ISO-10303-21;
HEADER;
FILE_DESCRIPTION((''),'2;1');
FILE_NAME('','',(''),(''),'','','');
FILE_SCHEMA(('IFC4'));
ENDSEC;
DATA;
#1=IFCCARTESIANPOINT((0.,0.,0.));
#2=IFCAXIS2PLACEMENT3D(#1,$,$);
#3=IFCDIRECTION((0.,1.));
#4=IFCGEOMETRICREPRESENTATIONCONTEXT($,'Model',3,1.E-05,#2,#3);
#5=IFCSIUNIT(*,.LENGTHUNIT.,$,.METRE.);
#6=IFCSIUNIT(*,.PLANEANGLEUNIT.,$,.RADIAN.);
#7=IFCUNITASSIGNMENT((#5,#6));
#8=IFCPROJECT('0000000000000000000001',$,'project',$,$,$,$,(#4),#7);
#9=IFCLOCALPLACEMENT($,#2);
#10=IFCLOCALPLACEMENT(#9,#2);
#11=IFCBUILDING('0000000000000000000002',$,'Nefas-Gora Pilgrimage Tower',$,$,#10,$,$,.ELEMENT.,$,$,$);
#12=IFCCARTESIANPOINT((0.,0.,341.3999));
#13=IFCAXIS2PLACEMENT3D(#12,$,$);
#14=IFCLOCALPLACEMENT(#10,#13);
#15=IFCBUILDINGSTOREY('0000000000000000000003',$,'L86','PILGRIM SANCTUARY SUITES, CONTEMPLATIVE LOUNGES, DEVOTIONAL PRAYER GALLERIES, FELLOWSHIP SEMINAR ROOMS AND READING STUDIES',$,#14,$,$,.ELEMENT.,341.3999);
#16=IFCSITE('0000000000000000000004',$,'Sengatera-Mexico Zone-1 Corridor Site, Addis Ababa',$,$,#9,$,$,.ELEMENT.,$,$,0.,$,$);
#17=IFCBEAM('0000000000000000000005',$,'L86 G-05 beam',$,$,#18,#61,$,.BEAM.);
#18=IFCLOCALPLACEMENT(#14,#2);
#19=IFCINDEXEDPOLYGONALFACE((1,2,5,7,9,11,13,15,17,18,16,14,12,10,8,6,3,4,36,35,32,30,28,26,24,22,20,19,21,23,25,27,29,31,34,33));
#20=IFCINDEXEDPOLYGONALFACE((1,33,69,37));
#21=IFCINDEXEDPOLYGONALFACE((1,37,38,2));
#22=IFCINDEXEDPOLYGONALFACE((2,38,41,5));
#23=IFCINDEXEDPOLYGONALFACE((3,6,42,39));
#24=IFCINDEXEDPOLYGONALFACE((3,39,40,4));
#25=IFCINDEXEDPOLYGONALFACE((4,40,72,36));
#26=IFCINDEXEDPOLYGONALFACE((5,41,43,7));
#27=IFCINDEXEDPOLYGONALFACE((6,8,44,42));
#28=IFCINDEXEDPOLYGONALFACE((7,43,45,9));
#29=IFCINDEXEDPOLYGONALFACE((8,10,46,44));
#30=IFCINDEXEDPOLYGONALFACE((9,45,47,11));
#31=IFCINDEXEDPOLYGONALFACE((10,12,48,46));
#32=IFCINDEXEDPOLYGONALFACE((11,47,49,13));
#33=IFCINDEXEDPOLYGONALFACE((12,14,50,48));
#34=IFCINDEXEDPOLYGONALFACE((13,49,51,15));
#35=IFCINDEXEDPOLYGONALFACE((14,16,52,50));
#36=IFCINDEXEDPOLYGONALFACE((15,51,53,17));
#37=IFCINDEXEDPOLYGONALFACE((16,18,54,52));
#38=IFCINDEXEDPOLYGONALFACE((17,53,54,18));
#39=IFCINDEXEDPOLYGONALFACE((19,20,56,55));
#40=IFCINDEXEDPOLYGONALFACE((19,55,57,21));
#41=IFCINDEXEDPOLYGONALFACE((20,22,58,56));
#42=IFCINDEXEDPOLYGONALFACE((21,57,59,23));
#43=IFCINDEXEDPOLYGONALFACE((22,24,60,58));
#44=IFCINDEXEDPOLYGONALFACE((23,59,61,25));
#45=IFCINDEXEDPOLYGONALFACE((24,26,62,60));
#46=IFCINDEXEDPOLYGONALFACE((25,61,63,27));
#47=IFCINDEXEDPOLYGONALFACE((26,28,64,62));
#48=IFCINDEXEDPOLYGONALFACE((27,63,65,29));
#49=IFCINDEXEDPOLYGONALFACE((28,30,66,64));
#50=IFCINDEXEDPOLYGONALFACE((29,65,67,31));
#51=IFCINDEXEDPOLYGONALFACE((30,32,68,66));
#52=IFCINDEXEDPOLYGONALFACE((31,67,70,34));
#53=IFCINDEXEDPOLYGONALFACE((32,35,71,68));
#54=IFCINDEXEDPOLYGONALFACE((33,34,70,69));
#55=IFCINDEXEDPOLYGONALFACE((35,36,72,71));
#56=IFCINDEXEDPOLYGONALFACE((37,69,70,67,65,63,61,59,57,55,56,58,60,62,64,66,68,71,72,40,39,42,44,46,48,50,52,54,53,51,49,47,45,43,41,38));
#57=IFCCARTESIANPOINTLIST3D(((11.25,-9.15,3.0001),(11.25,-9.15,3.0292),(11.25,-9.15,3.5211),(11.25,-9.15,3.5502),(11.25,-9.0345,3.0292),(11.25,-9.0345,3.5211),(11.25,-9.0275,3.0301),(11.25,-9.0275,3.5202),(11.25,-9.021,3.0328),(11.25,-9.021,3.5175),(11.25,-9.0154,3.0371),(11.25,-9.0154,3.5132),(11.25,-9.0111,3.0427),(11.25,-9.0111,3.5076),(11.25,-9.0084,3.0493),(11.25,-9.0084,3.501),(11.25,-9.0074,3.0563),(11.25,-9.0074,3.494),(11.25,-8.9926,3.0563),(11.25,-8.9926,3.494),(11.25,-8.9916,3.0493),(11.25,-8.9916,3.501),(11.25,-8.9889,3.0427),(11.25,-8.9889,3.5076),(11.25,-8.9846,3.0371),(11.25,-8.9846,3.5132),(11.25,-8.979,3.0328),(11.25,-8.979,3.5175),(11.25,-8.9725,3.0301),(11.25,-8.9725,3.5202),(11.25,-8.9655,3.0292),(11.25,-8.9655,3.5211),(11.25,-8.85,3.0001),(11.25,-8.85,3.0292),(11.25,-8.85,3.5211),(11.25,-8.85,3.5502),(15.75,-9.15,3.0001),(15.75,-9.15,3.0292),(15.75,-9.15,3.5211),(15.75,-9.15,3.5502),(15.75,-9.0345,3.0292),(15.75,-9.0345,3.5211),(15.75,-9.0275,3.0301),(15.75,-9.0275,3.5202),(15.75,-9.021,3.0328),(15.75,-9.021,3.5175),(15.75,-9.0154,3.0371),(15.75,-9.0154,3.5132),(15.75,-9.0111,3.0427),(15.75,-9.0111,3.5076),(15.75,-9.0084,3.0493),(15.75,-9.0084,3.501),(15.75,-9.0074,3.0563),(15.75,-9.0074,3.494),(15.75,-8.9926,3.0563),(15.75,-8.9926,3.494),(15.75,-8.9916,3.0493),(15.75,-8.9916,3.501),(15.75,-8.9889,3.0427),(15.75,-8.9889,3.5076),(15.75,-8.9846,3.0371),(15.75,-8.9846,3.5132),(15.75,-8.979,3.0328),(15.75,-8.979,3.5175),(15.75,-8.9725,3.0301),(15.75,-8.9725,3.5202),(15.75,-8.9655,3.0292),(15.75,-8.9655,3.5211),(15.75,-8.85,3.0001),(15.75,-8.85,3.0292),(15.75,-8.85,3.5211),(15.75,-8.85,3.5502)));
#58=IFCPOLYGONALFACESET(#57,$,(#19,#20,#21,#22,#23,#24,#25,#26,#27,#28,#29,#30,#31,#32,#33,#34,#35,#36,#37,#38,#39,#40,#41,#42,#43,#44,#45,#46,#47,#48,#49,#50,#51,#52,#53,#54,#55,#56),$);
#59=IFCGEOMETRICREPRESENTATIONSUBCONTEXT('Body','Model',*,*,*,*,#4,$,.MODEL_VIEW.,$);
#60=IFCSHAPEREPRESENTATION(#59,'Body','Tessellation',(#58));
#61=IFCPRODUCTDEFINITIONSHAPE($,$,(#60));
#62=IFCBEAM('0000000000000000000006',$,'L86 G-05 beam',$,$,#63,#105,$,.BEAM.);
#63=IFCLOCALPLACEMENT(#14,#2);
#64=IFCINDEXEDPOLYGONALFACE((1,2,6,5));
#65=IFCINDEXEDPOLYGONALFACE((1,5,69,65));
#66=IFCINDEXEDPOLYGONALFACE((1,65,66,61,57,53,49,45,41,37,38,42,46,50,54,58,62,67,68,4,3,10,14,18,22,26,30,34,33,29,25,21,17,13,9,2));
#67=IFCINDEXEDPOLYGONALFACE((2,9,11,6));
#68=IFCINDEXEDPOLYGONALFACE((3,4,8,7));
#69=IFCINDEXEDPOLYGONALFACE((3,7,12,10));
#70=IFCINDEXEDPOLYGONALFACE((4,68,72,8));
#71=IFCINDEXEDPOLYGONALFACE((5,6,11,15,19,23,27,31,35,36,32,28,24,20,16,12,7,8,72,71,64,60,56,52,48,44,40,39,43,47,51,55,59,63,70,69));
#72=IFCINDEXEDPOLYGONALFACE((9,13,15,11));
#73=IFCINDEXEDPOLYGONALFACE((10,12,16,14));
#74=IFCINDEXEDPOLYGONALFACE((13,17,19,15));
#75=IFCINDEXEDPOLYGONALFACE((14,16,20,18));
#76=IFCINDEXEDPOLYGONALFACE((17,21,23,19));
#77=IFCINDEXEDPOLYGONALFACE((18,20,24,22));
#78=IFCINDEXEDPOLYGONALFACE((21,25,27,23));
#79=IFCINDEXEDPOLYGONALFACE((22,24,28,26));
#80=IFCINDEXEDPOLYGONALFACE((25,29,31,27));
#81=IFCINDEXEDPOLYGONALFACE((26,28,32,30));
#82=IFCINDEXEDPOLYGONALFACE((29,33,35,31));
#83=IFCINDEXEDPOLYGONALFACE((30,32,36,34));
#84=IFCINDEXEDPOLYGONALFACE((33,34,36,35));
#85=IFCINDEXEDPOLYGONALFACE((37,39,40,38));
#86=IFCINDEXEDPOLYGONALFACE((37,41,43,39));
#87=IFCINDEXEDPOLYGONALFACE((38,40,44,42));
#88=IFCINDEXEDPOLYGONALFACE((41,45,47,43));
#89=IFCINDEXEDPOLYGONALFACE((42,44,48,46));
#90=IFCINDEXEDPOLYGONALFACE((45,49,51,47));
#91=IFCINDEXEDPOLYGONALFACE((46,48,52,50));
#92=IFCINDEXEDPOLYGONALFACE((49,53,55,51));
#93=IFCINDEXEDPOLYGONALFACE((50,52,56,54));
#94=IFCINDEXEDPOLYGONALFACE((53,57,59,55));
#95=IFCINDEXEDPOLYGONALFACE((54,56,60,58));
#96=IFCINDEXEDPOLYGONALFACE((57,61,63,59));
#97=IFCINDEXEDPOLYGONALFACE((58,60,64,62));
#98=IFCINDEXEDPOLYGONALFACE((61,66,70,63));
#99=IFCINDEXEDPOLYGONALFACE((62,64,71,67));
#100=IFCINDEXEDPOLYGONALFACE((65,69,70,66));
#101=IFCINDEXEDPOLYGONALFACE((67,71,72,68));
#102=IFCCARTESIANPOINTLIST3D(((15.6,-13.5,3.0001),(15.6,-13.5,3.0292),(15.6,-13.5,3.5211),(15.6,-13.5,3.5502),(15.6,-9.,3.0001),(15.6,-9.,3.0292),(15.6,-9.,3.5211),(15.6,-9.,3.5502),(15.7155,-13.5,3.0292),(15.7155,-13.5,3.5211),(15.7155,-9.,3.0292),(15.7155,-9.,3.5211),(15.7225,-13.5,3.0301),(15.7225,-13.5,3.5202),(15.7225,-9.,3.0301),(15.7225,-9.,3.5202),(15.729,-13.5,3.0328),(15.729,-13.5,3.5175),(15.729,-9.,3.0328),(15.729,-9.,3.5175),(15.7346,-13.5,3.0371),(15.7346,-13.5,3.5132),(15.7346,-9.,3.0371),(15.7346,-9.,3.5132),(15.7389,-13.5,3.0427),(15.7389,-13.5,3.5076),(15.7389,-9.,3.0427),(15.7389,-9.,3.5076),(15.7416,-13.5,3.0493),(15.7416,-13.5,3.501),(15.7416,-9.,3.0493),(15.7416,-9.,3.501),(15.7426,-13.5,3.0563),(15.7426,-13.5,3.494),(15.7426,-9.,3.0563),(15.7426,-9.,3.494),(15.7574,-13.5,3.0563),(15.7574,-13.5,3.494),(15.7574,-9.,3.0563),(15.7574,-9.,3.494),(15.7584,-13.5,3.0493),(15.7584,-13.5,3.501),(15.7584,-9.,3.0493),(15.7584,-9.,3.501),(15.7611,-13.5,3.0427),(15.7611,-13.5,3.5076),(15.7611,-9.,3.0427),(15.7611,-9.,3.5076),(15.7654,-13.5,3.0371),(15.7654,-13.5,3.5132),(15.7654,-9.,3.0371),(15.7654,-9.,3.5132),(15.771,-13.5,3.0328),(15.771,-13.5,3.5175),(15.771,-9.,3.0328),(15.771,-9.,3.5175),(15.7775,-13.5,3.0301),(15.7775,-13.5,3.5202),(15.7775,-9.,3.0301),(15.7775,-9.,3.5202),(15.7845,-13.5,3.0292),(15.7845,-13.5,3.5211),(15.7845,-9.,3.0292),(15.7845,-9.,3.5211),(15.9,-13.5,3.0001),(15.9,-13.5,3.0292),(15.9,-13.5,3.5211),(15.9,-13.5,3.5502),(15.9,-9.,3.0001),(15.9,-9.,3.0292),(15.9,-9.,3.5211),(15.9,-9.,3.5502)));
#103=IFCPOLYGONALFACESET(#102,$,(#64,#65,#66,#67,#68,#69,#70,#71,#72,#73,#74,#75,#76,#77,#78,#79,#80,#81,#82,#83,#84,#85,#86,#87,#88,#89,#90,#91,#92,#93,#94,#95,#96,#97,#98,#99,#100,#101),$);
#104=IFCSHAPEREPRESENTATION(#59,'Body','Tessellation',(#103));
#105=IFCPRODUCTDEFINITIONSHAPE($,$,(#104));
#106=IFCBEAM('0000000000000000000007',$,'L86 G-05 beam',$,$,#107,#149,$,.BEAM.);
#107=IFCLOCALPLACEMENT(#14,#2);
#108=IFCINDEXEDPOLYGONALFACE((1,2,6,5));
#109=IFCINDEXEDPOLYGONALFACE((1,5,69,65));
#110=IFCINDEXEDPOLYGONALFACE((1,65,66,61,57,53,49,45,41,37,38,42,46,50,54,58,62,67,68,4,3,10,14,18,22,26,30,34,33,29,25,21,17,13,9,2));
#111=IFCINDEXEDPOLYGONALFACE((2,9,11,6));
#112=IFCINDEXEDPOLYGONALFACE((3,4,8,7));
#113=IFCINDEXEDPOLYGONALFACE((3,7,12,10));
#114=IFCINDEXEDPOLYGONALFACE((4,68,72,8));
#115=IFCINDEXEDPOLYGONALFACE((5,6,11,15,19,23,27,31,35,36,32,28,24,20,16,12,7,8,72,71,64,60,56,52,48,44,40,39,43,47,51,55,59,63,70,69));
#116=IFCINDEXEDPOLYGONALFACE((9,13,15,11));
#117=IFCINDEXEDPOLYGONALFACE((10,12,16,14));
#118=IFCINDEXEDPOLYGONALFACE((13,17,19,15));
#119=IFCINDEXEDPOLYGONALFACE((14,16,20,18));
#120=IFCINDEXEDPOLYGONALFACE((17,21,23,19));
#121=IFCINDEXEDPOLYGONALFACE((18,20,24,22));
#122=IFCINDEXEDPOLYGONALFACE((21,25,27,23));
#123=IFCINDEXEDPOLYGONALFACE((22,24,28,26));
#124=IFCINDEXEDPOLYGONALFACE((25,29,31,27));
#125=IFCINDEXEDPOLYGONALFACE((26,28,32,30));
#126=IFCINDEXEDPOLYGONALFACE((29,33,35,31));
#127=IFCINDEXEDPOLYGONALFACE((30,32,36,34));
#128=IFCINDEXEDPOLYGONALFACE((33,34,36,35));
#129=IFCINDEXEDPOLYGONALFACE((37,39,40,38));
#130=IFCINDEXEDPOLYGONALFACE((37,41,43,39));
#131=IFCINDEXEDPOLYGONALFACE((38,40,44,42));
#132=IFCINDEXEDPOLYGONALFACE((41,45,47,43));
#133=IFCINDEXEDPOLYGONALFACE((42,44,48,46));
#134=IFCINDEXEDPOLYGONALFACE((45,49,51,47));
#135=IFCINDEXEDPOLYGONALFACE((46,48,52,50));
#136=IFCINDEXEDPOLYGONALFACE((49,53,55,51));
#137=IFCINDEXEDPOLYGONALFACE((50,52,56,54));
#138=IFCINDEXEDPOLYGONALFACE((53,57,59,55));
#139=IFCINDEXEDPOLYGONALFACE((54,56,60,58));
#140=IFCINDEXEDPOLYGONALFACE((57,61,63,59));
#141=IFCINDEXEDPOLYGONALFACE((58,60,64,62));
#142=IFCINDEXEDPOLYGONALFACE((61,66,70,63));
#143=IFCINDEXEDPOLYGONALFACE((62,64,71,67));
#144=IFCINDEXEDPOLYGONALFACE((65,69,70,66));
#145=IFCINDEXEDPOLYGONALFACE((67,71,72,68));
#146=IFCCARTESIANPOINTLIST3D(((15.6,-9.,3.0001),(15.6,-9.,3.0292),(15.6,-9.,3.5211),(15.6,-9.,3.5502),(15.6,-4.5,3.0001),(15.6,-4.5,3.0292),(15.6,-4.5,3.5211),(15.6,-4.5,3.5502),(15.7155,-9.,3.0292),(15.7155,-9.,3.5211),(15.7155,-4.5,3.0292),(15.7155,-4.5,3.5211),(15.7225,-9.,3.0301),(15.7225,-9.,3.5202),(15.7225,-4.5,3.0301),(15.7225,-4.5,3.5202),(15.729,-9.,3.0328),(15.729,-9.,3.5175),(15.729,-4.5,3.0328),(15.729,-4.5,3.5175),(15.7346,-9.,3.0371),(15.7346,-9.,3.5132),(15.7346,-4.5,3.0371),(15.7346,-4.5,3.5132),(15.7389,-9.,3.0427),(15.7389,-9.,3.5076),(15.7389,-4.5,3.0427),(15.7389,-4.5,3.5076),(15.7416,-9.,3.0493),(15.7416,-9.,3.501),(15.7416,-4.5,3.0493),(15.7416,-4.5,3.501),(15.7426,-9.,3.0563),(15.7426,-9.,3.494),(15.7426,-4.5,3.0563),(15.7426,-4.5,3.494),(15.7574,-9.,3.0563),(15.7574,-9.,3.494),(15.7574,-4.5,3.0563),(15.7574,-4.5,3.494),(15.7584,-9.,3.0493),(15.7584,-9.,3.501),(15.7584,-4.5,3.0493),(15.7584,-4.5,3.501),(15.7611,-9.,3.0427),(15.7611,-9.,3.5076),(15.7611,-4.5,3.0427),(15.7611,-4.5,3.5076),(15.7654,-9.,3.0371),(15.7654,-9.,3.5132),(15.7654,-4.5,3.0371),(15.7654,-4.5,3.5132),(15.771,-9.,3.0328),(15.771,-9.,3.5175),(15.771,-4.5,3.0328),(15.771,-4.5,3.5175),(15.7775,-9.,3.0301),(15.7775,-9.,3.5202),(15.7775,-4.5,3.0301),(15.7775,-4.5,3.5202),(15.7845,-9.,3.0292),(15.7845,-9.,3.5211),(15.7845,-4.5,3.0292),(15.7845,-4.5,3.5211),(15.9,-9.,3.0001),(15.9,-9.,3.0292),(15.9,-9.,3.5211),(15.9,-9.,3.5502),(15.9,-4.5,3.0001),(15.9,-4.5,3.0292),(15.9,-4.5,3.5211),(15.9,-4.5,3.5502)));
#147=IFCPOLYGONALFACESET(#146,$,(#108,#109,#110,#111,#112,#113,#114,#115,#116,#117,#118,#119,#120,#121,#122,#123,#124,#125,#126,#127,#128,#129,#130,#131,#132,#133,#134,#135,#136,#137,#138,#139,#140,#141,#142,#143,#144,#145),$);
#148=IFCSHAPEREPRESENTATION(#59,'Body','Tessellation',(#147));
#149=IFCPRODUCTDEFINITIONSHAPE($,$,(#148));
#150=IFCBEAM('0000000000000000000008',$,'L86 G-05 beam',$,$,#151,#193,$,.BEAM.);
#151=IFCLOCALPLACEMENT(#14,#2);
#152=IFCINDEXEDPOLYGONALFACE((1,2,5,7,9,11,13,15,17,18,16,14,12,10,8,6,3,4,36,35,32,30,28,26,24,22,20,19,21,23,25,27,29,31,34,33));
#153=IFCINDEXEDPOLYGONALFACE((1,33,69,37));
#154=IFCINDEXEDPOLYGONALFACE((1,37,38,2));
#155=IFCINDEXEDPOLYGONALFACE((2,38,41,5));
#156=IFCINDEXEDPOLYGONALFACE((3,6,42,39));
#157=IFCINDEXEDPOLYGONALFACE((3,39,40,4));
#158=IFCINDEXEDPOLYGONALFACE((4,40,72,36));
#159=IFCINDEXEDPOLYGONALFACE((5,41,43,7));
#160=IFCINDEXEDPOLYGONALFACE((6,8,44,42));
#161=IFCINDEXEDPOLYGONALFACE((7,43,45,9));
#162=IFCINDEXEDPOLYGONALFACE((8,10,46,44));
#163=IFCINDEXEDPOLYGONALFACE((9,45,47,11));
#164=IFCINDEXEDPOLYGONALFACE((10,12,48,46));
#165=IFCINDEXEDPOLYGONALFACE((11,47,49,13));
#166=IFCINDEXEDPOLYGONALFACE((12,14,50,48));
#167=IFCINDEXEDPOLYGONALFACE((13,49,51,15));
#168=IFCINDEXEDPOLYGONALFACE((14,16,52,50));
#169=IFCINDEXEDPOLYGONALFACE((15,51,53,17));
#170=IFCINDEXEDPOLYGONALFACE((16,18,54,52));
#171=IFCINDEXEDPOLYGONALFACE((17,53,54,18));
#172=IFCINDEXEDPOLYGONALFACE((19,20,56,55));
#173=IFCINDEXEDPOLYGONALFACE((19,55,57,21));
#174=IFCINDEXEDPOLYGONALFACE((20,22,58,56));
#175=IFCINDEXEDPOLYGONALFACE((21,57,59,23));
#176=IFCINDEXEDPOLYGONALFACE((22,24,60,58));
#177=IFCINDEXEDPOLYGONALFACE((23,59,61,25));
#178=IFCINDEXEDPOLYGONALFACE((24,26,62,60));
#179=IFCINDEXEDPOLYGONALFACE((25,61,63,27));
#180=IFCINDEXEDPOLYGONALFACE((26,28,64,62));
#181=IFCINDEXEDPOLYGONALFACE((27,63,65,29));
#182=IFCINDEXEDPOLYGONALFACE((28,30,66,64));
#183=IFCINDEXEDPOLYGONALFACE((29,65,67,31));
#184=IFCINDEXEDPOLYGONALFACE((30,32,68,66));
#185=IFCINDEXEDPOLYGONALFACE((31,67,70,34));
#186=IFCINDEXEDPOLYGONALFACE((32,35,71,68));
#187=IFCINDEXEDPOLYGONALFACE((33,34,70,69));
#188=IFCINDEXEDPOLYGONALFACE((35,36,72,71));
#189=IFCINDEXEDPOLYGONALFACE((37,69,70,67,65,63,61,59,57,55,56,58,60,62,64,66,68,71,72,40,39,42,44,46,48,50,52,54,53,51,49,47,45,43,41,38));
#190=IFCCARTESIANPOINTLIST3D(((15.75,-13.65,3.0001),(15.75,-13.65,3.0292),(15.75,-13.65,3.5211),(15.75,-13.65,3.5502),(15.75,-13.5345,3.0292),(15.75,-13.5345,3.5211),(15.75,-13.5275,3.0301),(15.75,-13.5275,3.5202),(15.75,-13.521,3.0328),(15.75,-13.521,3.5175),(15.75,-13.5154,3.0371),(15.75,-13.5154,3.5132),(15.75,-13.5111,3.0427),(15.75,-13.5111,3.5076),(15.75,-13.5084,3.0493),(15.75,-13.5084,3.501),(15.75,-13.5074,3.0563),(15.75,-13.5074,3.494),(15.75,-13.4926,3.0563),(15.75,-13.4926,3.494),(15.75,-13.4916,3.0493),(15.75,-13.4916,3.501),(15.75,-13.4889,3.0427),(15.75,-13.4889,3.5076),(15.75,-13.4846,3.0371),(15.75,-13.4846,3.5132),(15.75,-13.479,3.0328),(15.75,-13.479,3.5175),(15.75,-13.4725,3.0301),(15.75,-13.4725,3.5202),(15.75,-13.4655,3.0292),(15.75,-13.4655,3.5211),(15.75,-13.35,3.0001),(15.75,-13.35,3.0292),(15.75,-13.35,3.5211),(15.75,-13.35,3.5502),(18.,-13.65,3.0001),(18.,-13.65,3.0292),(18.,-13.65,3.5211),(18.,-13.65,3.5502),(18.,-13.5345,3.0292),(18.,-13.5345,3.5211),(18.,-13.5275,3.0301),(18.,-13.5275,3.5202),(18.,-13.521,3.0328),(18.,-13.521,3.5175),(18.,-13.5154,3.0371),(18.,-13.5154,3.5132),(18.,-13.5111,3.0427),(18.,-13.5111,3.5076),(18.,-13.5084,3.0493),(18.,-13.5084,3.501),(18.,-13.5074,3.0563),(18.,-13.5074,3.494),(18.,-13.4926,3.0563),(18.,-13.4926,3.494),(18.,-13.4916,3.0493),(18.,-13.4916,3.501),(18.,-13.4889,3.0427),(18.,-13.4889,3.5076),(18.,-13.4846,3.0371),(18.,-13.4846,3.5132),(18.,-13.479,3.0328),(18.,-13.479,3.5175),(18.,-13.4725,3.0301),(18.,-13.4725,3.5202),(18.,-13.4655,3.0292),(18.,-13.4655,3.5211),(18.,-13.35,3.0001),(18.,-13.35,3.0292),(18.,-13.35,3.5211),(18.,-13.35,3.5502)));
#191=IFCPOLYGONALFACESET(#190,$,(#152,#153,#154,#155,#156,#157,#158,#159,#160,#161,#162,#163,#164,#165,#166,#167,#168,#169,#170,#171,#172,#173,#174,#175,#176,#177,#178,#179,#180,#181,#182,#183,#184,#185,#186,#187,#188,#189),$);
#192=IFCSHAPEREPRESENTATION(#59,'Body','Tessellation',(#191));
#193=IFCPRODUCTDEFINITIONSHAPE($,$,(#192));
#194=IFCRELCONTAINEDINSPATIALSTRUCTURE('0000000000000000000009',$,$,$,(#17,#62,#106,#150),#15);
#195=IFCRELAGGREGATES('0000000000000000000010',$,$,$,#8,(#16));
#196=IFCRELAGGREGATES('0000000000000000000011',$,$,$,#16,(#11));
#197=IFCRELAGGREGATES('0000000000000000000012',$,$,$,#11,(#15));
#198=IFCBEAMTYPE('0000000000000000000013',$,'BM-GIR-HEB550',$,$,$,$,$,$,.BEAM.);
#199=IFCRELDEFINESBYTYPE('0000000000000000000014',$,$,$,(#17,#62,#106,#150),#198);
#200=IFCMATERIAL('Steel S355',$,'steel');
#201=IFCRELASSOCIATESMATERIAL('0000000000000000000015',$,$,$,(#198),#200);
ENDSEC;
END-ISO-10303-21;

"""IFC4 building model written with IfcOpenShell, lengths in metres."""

from ifc_helpers import new_model, si_unit, direction, frame, origin, origin_2d, place, context, subcontext, project, spatial, i_section, extrude, source, transform, mapped, material, material_profile, profile_set, type_object, element, save


model = new_model("IFC4")

# Units and contexts
model_context = context("Model", 3, precision=1e-05, world=origin(), true_north=direction((0.0, 1.0)))
body_context = subcontext(model_context, "Body", "Model", "MODEL_VIEW")
ifc_project = project(units=[si_unit("LENGTHUNIT", "METRE"), si_unit("PLANEANGLEUNIT", "RADIAN")], contexts=[model_context])

# Site, building, storey
site_placement = place(None, origin())
site = spatial("IfcSite", under=ifc_project, at=site_placement, Name="Sengatera-Mexico Zone-1 Corridor Site, Addis Ababa", CompositionType="ELEMENT", RefElevation=0.0)
building_placement = place(site_placement, origin())
building = spatial("IfcBuilding", under=site, at=building_placement, Name="Nefas-Gora Pilgrimage Tower", CompositionType="ELEMENT")
storey_placement = place(building_placement, frame((0.0, 0.0, 341.3999)))
storey = spatial("IfcBuildingStorey", under=building, at=storey_placement, Name="L86", Description="PILGRIM SANCTUARY SUITES, CONTEMPLATIVE LOUNGES, DEVOTIONAL PRAYER GALLERIES, FELLOWSHIP SEMINAR ROOMS AND READING STUDIES", CompositionType="ELEMENT", Elevation=341.3999)

# Shared definitions
ifc_material_1 = material(Name="Steel S355", Category="steel")

# Beams
ifc_material_profile_1 = material_profile(ifc_material_1, i_section(OverallWidth=0.3, OverallDepth=0.55, WebThickness=0.0149, FlangeThickness=0.0291, FilletRadius=0.0271, at=origin_2d()), Name="HEB 550")
ifc_profile_set_1 = profile_set([ifc_material_profile_1], Name="Steel S355")
beam_type_1 = type_object("IfcBeamType", Name="BM-GIR-HEB550", PredefinedType="BEAM", material=ifc_profile_set_1)
shared_shape_1 = source(origin(), body_context, "Body", "SweptSolid", [
    extrude(i_section(OverallWidth=0.3, OverallDepth=0.55, WebThickness=0.0149, FlangeThickness=0.0291, FilletRadius=0.0271, at=origin_2d()), origin(), (0.0, 0.0, 1.0), 4.5),
])
for number, where, z_axis, x_axis, name in (
    (1, (11.25, -9.0, 3.2751), (1.0, 0.0, 0.0), (0.0, 1.0, 0.0), "L86 G-05 beam"),
    (2, (15.75, -13.5, 3.2751), (0.0, 1.0, 0.0), (-1.0, 0.0, 0.0), "L86 G-05 beam"),
    (3, (15.75, -9.0, 3.2751), (0.0, 1.0, 0.0), (-1.0, 0.0, 0.0), "L86 G-05 beam"),
):
    element("IfcBeam", number, at=place(storey_placement, frame(where, z_axis=z_axis, x_axis=x_axis)), inside=storey, type_object=beam_type_1, Name=name, PredefinedType="BEAM", context=body_context, shape_type="MappedRepresentation", body=[
        mapped(shared_shape_1, transform((0.0, 0.0, 0.0), x_axis=(1.0, 0.0, 0.0), y_axis=(0.0, 1.0, 0.0), z_axis=(0.0, 0.0, 1.0), scale=1.0)),
    ])
shared_shape_2 = source(origin(), body_context, "Body", "SweptSolid", [
    extrude(i_section(OverallWidth=0.3, OverallDepth=0.55, WebThickness=0.0149, FlangeThickness=0.0291, FilletRadius=0.0271, at=origin_2d()), origin(), (0.0, 0.0, 1.0), 2.25),
])
for number, where, z_axis, x_axis, name in (
    (4, (15.75, -13.5, 3.2751), (1.0, 0.0, 0.0), (0.0, 1.0, 0.0), "L86 G-05 beam"),
):
    element("IfcBeam", number, at=place(storey_placement, frame(where, z_axis=z_axis, x_axis=x_axis)), inside=storey, type_object=beam_type_1, Name=name, PredefinedType="BEAM", context=body_context, shape_type="MappedRepresentation", body=[
        mapped(shared_shape_2, transform((0.0, 0.0, 0.0), x_axis=(1.0, 0.0, 0.0), y_axis=(0.0, 1.0, 0.0), z_axis=(0.0, 0.0, 1.0), scale=1.0)),
    ])

save(model, "model.ifc")
